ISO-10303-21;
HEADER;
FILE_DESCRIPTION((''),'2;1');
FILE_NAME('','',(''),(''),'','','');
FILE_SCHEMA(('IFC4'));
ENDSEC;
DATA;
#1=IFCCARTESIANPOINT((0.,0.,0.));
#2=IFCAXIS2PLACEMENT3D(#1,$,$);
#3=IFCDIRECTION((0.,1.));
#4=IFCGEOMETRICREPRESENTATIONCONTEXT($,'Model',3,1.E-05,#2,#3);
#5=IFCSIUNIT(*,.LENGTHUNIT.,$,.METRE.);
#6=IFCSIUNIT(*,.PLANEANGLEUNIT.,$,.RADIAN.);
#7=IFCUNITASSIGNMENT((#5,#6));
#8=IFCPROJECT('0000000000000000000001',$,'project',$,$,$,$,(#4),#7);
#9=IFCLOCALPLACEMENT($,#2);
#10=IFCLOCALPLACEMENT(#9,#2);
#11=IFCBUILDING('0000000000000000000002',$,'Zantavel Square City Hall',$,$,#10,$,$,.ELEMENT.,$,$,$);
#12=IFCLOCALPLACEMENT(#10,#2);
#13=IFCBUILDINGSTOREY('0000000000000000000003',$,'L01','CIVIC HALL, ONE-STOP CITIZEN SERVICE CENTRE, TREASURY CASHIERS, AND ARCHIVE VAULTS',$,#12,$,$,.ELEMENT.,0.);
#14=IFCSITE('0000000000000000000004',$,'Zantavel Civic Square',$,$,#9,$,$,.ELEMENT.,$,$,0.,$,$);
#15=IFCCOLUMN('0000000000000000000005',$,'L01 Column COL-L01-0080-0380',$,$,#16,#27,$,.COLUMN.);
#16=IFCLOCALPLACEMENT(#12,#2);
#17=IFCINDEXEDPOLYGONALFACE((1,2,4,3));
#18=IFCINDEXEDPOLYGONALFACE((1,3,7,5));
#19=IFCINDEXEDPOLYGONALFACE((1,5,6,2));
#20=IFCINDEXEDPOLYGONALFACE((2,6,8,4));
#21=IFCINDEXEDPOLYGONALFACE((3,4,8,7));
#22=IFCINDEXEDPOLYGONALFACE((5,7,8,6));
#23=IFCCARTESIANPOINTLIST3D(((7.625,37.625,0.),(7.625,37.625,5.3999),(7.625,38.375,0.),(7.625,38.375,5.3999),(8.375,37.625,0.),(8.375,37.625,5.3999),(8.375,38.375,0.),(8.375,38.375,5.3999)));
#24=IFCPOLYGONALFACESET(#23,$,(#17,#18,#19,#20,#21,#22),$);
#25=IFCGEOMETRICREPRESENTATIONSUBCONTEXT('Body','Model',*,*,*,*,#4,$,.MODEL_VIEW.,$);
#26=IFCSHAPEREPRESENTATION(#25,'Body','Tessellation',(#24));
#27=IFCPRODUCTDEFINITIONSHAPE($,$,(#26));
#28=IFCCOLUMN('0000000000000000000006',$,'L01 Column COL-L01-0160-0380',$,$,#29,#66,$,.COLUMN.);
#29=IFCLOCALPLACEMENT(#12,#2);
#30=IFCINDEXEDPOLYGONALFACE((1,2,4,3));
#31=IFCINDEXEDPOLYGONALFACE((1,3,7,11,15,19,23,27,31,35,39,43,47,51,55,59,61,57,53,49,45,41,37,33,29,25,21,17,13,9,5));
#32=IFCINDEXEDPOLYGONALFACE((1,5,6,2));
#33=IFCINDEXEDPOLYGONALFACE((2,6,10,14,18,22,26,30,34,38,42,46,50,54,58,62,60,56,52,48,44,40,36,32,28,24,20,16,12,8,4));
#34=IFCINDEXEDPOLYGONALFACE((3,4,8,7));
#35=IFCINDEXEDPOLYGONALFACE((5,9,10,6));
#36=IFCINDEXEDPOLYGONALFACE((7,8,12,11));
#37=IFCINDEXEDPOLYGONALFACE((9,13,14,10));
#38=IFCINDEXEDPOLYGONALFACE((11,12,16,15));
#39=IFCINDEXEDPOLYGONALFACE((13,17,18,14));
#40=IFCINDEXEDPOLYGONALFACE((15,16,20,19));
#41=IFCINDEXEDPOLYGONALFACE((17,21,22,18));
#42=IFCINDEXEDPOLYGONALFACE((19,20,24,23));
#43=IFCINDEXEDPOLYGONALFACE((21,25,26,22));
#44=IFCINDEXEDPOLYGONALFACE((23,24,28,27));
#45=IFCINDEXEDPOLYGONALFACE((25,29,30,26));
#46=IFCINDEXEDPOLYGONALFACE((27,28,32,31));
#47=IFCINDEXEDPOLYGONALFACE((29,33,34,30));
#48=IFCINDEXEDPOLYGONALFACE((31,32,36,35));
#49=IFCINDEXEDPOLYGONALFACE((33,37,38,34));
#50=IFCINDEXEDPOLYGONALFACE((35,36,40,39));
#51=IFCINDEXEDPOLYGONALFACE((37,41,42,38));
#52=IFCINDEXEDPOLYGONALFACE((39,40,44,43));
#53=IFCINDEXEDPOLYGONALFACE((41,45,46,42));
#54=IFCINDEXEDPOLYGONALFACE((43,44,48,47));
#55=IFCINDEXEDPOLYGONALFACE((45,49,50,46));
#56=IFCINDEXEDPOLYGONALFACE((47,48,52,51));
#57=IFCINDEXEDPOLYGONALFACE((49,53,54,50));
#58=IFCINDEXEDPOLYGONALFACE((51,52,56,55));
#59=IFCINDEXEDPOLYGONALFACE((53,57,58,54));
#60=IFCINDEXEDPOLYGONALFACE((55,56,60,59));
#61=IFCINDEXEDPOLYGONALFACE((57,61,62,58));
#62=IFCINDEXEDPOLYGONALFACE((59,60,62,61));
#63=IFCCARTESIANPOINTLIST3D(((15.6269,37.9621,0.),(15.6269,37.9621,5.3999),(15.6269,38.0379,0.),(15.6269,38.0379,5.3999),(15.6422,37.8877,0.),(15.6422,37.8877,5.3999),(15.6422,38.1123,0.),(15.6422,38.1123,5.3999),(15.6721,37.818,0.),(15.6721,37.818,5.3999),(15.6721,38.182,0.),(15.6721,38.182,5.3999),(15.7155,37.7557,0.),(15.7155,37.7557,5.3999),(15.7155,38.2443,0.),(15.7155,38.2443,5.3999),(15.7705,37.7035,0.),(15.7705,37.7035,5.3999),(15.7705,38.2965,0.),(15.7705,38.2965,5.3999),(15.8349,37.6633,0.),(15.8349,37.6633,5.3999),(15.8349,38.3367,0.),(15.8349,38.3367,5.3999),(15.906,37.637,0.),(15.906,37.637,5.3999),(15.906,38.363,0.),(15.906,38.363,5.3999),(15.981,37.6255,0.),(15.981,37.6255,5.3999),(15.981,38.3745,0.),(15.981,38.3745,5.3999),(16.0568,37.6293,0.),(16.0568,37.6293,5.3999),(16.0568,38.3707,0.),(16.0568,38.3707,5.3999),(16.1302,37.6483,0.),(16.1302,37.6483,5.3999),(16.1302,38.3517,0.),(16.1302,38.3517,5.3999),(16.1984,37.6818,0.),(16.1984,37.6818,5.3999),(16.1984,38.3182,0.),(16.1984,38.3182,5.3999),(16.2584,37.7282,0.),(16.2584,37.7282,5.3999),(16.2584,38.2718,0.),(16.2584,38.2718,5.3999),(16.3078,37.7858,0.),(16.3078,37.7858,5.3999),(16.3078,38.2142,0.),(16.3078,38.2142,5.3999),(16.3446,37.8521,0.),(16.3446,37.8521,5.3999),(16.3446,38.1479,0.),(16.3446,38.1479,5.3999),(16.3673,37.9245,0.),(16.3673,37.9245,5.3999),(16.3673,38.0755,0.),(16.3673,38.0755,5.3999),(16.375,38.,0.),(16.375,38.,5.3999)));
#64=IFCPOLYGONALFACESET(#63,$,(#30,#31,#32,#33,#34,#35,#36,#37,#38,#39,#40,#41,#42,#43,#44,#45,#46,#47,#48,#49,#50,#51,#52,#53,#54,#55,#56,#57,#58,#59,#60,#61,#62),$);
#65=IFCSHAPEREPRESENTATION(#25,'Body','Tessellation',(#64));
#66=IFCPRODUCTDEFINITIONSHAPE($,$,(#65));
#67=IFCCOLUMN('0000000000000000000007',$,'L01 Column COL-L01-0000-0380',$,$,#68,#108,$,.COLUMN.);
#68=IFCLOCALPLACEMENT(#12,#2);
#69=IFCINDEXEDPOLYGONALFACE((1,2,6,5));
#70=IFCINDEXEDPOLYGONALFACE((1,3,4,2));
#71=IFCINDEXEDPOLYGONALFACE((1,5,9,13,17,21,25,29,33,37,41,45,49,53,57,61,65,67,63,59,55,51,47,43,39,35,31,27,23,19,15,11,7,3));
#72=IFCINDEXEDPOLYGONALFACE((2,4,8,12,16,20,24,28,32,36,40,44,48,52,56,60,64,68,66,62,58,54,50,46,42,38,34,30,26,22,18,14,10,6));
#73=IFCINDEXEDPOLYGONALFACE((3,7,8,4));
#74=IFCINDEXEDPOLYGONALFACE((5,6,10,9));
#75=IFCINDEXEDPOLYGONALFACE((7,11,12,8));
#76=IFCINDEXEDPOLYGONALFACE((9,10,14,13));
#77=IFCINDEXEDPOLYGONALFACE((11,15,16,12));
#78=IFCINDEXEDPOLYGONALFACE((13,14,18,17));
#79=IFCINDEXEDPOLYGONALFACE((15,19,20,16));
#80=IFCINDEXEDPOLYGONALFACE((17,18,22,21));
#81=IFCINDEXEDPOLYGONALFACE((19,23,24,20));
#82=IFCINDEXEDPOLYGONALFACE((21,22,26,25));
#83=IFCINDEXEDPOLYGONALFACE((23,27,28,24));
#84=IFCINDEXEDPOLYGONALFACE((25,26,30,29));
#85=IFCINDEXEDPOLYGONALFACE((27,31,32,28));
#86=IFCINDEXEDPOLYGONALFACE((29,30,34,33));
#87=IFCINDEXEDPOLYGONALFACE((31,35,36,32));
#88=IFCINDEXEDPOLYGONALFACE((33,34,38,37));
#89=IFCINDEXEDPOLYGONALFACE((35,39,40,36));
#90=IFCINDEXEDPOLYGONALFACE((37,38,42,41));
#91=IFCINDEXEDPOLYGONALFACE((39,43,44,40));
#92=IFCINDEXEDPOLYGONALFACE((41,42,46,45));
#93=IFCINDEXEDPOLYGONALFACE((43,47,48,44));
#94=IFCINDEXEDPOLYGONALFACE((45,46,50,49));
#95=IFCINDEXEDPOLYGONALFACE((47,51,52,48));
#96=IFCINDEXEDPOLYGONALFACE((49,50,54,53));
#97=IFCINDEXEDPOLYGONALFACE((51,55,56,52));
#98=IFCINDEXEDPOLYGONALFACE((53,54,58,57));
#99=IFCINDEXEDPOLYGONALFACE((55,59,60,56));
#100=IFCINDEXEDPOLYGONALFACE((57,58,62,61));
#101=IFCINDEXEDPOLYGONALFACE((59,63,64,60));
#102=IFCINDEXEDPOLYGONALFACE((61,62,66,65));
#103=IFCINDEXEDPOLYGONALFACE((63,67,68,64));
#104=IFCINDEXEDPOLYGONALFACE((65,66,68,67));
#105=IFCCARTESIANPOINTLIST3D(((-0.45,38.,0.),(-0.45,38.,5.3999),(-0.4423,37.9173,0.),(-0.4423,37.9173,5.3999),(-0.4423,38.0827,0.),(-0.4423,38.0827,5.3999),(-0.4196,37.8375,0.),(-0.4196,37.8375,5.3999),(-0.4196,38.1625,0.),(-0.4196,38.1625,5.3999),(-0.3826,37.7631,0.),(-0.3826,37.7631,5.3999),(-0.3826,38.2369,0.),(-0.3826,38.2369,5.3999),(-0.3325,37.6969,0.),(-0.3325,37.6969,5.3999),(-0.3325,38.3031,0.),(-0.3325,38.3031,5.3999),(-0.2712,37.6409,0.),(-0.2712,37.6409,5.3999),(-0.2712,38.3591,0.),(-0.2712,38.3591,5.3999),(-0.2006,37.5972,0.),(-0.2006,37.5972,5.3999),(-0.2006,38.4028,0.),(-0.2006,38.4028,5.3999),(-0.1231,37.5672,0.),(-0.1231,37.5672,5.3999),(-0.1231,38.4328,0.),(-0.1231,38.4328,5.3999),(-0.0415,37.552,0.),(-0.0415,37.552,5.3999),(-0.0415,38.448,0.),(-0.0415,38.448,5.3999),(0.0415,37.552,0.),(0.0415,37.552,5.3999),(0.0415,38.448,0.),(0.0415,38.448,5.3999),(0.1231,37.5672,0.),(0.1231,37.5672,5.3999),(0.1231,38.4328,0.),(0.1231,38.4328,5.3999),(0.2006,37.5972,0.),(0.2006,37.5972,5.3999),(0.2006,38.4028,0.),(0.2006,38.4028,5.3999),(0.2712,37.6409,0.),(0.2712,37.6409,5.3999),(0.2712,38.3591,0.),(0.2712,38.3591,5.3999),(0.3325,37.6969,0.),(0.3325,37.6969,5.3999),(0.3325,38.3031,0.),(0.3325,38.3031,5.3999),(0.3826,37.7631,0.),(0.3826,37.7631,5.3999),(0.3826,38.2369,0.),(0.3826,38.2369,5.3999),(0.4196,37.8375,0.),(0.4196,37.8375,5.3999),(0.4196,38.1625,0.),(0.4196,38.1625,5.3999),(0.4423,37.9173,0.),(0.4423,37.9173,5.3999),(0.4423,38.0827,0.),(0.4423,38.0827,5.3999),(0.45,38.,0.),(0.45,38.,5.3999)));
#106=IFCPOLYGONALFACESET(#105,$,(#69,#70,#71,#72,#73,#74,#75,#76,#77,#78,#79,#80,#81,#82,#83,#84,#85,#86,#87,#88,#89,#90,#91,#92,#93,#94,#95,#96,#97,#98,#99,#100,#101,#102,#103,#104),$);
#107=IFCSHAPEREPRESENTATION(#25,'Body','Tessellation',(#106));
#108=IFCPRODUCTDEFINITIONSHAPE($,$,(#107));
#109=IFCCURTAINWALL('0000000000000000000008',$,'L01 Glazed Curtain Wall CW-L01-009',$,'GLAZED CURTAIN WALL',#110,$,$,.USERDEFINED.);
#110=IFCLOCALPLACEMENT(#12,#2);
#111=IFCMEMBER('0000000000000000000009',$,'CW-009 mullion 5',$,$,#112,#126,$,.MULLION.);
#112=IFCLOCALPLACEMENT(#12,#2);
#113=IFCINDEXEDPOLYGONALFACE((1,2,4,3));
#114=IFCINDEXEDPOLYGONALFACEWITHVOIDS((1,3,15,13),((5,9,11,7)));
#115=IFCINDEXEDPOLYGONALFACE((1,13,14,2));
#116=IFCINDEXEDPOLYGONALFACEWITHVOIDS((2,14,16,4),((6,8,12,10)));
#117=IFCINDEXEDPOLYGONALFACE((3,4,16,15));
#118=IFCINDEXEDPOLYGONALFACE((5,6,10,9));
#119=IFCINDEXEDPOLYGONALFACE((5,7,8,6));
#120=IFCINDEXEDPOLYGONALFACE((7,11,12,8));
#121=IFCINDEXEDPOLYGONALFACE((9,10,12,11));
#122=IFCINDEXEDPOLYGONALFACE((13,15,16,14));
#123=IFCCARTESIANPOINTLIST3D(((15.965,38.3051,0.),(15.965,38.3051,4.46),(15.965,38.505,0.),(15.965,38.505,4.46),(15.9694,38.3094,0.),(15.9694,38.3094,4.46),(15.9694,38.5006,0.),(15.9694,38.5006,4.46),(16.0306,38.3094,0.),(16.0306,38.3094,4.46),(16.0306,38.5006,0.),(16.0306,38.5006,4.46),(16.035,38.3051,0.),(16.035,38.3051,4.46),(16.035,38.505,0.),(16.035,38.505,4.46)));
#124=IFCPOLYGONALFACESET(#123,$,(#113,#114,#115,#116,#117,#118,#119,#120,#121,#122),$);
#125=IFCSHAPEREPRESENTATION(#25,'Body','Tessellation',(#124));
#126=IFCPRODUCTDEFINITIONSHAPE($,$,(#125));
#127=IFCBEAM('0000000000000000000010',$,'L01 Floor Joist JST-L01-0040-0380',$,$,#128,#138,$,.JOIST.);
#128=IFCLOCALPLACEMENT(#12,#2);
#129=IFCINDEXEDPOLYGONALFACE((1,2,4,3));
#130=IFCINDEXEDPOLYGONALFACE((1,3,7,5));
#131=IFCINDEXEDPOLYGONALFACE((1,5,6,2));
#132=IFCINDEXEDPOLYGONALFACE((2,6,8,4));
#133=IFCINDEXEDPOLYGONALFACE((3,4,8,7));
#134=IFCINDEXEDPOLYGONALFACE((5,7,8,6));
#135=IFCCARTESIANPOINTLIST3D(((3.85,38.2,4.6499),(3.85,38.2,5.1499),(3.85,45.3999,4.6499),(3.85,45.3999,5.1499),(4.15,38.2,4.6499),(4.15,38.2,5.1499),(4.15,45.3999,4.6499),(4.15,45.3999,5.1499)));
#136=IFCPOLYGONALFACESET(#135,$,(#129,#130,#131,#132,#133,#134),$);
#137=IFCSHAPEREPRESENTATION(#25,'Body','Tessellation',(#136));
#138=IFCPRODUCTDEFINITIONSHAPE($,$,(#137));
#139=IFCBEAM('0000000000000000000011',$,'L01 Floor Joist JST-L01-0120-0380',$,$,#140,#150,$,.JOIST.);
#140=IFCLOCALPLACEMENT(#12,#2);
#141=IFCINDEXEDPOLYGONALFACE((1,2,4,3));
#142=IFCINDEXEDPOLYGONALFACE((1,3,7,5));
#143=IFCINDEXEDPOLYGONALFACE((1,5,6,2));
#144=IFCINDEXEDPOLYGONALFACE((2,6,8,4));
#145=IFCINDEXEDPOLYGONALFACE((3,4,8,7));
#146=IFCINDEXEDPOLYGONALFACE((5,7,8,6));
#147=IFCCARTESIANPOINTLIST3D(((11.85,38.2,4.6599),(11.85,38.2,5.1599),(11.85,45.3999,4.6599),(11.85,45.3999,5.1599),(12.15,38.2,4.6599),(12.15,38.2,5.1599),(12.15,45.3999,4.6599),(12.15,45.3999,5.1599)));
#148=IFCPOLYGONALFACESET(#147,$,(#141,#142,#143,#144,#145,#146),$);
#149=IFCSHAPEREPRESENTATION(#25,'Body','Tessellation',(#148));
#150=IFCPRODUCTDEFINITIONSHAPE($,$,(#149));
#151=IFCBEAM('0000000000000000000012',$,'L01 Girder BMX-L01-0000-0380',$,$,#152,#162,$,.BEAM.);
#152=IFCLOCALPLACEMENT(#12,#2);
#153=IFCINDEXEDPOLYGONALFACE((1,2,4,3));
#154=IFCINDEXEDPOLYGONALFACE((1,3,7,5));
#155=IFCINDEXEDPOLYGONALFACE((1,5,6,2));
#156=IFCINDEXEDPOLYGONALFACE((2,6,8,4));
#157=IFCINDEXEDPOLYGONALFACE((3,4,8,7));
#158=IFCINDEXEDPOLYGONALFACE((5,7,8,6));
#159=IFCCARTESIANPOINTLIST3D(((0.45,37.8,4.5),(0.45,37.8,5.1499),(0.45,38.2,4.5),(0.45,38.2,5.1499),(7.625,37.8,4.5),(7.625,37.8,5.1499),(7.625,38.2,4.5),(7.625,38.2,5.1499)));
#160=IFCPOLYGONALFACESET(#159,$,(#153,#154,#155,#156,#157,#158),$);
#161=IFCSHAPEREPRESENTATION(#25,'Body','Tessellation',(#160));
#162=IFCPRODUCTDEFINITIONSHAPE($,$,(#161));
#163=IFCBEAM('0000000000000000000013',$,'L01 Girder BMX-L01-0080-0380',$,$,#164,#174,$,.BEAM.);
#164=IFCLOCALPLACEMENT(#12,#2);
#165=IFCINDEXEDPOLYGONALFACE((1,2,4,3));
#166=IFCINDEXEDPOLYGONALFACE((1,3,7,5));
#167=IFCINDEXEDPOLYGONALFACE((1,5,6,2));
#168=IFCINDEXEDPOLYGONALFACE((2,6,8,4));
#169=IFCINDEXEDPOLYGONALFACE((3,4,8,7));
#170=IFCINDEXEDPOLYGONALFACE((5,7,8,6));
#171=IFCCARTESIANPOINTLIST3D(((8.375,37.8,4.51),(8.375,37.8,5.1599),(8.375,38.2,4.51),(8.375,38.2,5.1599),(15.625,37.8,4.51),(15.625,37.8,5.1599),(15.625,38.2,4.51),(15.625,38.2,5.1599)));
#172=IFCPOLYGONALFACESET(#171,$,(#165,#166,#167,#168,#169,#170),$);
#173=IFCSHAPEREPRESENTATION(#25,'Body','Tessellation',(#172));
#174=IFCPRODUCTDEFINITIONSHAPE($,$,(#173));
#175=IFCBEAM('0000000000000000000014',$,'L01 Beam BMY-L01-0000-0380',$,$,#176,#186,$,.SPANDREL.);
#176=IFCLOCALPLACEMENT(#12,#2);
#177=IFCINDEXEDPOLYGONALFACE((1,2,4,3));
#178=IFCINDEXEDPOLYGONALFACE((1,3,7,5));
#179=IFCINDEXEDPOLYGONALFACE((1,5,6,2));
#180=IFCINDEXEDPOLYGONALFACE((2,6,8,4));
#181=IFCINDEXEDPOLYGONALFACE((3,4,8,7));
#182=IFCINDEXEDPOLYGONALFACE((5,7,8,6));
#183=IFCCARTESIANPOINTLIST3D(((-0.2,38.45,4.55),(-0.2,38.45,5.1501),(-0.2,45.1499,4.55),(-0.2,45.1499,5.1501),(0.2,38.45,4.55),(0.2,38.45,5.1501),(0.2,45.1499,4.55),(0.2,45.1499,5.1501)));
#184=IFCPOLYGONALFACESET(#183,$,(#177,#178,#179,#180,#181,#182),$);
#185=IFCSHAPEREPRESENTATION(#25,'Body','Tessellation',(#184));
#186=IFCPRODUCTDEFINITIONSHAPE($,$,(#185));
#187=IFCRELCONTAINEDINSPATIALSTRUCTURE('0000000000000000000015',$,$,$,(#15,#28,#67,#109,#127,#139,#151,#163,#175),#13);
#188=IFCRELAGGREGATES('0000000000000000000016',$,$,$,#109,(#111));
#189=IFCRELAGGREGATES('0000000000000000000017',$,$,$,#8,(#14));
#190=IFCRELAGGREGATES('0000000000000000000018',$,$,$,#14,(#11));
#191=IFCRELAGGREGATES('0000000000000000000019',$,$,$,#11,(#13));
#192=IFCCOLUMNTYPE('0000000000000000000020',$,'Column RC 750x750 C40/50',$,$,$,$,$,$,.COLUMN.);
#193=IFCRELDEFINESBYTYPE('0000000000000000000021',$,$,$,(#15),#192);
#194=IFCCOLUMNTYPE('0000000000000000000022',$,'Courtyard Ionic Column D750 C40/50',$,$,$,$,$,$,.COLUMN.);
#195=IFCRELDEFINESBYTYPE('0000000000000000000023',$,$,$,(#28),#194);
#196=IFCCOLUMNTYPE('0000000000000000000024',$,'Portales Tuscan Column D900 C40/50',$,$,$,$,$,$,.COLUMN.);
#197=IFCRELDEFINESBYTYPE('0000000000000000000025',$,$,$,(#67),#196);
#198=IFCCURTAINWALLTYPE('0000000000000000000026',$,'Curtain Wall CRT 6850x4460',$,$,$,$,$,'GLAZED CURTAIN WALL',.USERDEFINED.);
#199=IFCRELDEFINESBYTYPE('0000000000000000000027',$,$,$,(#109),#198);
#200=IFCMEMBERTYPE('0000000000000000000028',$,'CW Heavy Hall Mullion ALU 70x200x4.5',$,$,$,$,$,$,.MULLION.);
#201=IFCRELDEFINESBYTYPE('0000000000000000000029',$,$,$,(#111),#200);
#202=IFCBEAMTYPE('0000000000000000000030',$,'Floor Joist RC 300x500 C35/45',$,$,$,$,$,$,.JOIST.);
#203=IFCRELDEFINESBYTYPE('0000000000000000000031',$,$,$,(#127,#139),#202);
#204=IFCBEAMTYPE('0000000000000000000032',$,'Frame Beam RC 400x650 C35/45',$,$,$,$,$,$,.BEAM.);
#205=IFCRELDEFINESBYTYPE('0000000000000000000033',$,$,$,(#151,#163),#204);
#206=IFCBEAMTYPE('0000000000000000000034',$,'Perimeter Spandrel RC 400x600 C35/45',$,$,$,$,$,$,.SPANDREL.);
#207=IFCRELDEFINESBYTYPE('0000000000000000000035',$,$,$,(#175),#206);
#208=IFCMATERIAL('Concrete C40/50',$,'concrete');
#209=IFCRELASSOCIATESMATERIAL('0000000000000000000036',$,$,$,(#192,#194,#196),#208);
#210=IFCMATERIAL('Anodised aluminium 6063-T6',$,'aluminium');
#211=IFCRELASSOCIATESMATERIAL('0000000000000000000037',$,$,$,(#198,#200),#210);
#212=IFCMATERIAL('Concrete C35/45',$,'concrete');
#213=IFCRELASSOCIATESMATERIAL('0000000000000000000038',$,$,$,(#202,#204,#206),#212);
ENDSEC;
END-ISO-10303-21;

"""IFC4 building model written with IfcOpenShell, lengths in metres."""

from ifc_helpers import new_model, si_unit, direction, frame, origin, origin_2d, place, context, subcontext, project, spatial, rectangle, hollow_rectangle, circle, extrude, material, material_profile, profile_set, type_object, element, aggregate, save


model = new_model("IFC4")

# Units and contexts
model_context = context("Model", 3, precision=1e-05, world=origin(), true_north=direction((0.0, 1.0)))
body_context = subcontext(model_context, "Body", "Model", "MODEL_VIEW")
ifc_project = project(units=[si_unit("LENGTHUNIT", "METRE"), si_unit("PLANEANGLEUNIT", "RADIAN")], contexts=[model_context])

# Site, building, storey
site_placement = place(None, origin())
site = spatial("IfcSite", under=ifc_project, at=site_placement, Name="Zantavel Civic Square", CompositionType="ELEMENT", RefElevation=0.0)
building_placement = place(site_placement, origin())
building = spatial("IfcBuilding", under=site, at=building_placement, Name="Zantavel Square City Hall", CompositionType="ELEMENT")
storey_placement = place(building_placement, origin())
storey = spatial("IfcBuildingStorey", under=building, at=storey_placement, Name="L01", Description="CIVIC HALL, ONE-STOP CITIZEN SERVICE CENTRE, TREASURY CASHIERS, AND ARCHIVE VAULTS", CompositionType="ELEMENT", Elevation=0.0)

# Columns
ifc_material_1 = material(Name="Concrete C40/50", Category="concrete")
ifc_material_profile_1 = material_profile(ifc_material_1, rectangle(XDim=0.75, YDim=0.75, at=origin_2d()), Name="RC 750x750")
ifc_profile_set_1 = profile_set([ifc_material_profile_1], Name="Concrete C40/50")
column_type_1 = type_object("IfcColumnType", Name="Column RC 750x750 C40/50", PredefinedType="COLUMN", material=ifc_profile_set_1)
column_1_placement = place(storey_placement, frame((8.0, 38.0, 0.0), z_axis=(0.0, 0.0, 1.0), x_axis=(1.0, 0.0, 0.0)))
element("IfcColumn", 1, at=column_1_placement, inside=storey, type_object=column_type_1, Name="L01 Column COL-L01-0080-0380", PredefinedType="COLUMN", context=body_context, shape_type="SweptSolid", body=[
    extrude(rectangle(XDim=0.75, YDim=0.75, at=origin_2d()), origin(), (0.0, 0.0, 1.0), 5.3999),
])
ifc_material_profile_2 = material_profile(ifc_material_1, circle(Radius=0.375, at=origin_2d()), Name="ROUND D750")
ifc_profile_set_2 = profile_set([ifc_material_profile_2], Name="Concrete C40/50")
column_type_2 = type_object("IfcColumnType", Name="Courtyard Ionic Column D750 C40/50", PredefinedType="COLUMN", material=ifc_profile_set_2)
column_2_placement = place(storey_placement, frame((16.0, 38.0, 0.0), z_axis=(0.0, 0.0, 1.0), x_axis=(1.0, 0.0, 0.0)))
element("IfcColumn", 2, at=column_2_placement, inside=storey, type_object=column_type_2, Name="L01 Column COL-L01-0160-0380", PredefinedType="COLUMN", context=body_context, shape_type="SweptSolid", body=[
    extrude(circle(Radius=0.375, at=origin_2d()), origin(), (0.0, 0.0, 1.0), 5.3999),
])
ifc_material_profile_3 = material_profile(ifc_material_1, circle(Radius=0.45, at=origin_2d()), Name="ROUND D900")
ifc_profile_set_3 = profile_set([ifc_material_profile_3], Name="Concrete C40/50")
column_type_3 = type_object("IfcColumnType", Name="Portales Tuscan Column D900 C40/50", PredefinedType="COLUMN", material=ifc_profile_set_3)
column_3_placement = place(storey_placement, frame((0.0, 38.0, 0.0), z_axis=(0.0, 0.0, 1.0), x_axis=(1.0, 0.0, 0.0)))
element("IfcColumn", 3, at=column_3_placement, inside=storey, type_object=column_type_3, Name="L01 Column COL-L01-0000-0380", PredefinedType="COLUMN", context=body_context, shape_type="SweptSolid", body=[
    extrude(circle(Radius=0.45, at=origin_2d()), origin(), (0.0, 0.0, 1.0), 5.3999),
])

# Curtain wall, member
ifc_material_2 = material(Name="Anodised aluminium 6063-T6", Category="aluminium")
curtain_wall_type = type_object("IfcCurtainWallType", Name="Curtain Wall CRT 6850x4460", ElementType="GLAZED CURTAIN WALL", PredefinedType="USERDEFINED", material=ifc_material_2)
curtain_wall_placement = place(storey_placement, origin())
curtain_wall = element("IfcCurtainWall", 4, at=curtain_wall_placement, inside=storey, type_object=curtain_wall_type, Name="L01 Glazed Curtain Wall CW-L01-009", ObjectType="GLAZED CURTAIN WALL", PredefinedType="USERDEFINED")
ifc_material_profile_4 = material_profile(ifc_material_2, hollow_rectangle(XDim=0.0701, YDim=0.2, WallThickness=0.0044, at=origin_2d()), Name="ALU 70x200x4.5")
ifc_profile_set_4 = profile_set([ifc_material_profile_4], Name="Anodised aluminium 6063-T6")
member_type = type_object("IfcMemberType", Name="CW Heavy Hall Mullion ALU 70x200x4.5", PredefinedType="MULLION", material=ifc_profile_set_4)
member_placement = place(storey_placement, frame((16.0, 38.405, 0.0), z_axis=(0.0, 0.0, 1.0), x_axis=(1.0, 0.0, 0.0)))
member = element("IfcMember", 5, at=member_placement, type_object=member_type, Name="CW-009 mullion 5", PredefinedType="MULLION", context=body_context, shape_type="SweptSolid", body=[
    extrude(hollow_rectangle(XDim=0.0701, YDim=0.2, WallThickness=0.0044, at=origin_2d()), origin(), (0.0, 0.0, 1.0), 4.46),
])

# Beams
ifc_material_3 = material(Name="Concrete C35/45", Category="concrete")
ifc_material_profile_5 = material_profile(ifc_material_3, rectangle(XDim=0.3, YDim=0.5, at=origin_2d()), Name="RC 300x500")
ifc_profile_set_5 = profile_set([ifc_material_profile_5], Name="Concrete C35/45")
beam_type_1 = type_object("IfcBeamType", Name="Floor Joist RC 300x500 C35/45", PredefinedType="JOIST", material=ifc_profile_set_5)
for number, where, z_axis, x_axis, name in (
    (6, (4.0, 38.2, 4.8999), (0.0, 1.0, 0.0), (-1.0, 0.0, 0.0), "L01 Floor Joist JST-L01-0040-0380"),
    (7, (12.0, 38.2, 4.9099), (0.0, 1.0, 0.0), (-1.0, 0.0, 0.0), "L01 Floor Joist JST-L01-0120-0380"),
):
    element("IfcBeam", number, at=place(storey_placement, frame(where, z_axis=z_axis, x_axis=x_axis)), inside=storey, type_object=beam_type_1, Name=name, PredefinedType="JOIST", context=body_context, shape_type="SweptSolid", body=[
        extrude(rectangle(XDim=0.3, YDim=0.5, at=origin_2d()), origin(), (0.0, 0.0, 1.0), 7.2),
    ])
ifc_material_profile_6 = material_profile(ifc_material_3, rectangle(XDim=0.3999, YDim=0.6499, at=origin_2d()), Name="RC 400x650")
ifc_profile_set_6 = profile_set([ifc_material_profile_6], Name="Concrete C35/45")
beam_type_2 = type_object("IfcBeamType", Name="Frame Beam RC 400x650 C35/45", PredefinedType="BEAM", material=ifc_profile_set_6)
beam_1_placement = place(storey_placement, frame((0.45, 38.0, 4.825), z_axis=(1.0, 0.0, 0.0), x_axis=(0.0, 1.0, 0.0)))
element("IfcBeam", 8, at=beam_1_placement, inside=storey, type_object=beam_type_2, Name="L01 Girder BMX-L01-0000-0380", PredefinedType="BEAM", context=body_context, shape_type="SweptSolid", body=[
    extrude(rectangle(XDim=0.3999, YDim=0.6499, at=origin_2d()), origin(), (0.0, 0.0, 1.0), 7.175),
])
beam_2_placement = place(storey_placement, frame((8.375, 38.0, 4.835), z_axis=(1.0, 0.0, 0.0), x_axis=(0.0, 1.0, 0.0)))
element("IfcBeam", 9, at=beam_2_placement, inside=storey, type_object=beam_type_2, Name="L01 Girder BMX-L01-0080-0380", PredefinedType="BEAM", context=body_context, shape_type="SweptSolid", body=[
    extrude(rectangle(XDim=0.3999, YDim=0.6499, at=origin_2d()), origin(), (0.0, 0.0, 1.0), 7.25),
])
ifc_material_profile_7 = material_profile(ifc_material_3, rectangle(XDim=0.3999, YDim=0.6001, at=origin_2d()), Name="RC 400x600")
ifc_profile_set_7 = profile_set([ifc_material_profile_7], Name="Concrete C35/45")
beam_type_3 = type_object("IfcBeamType", Name="Perimeter Spandrel RC 400x600 C35/45", PredefinedType="SPANDREL", material=ifc_profile_set_7)
beam_3_placement = place(storey_placement, frame((0.0, 38.45, 4.8501), z_axis=(0.0, 1.0, 0.0), x_axis=(-1.0, 0.0, 0.0)))
element("IfcBeam", 10, at=beam_3_placement, inside=storey, type_object=beam_type_3, Name="L01 Beam BMY-L01-0000-0380", PredefinedType="SPANDREL", context=body_context, shape_type="SweptSolid", body=[
    extrude(rectangle(XDim=0.3999, YDim=0.6001, at=origin_2d()), origin(), (0.0, 0.0, 1.0), 6.7),
])

aggregate(curtain_wall, [member])

save(model, "model.ifc")
